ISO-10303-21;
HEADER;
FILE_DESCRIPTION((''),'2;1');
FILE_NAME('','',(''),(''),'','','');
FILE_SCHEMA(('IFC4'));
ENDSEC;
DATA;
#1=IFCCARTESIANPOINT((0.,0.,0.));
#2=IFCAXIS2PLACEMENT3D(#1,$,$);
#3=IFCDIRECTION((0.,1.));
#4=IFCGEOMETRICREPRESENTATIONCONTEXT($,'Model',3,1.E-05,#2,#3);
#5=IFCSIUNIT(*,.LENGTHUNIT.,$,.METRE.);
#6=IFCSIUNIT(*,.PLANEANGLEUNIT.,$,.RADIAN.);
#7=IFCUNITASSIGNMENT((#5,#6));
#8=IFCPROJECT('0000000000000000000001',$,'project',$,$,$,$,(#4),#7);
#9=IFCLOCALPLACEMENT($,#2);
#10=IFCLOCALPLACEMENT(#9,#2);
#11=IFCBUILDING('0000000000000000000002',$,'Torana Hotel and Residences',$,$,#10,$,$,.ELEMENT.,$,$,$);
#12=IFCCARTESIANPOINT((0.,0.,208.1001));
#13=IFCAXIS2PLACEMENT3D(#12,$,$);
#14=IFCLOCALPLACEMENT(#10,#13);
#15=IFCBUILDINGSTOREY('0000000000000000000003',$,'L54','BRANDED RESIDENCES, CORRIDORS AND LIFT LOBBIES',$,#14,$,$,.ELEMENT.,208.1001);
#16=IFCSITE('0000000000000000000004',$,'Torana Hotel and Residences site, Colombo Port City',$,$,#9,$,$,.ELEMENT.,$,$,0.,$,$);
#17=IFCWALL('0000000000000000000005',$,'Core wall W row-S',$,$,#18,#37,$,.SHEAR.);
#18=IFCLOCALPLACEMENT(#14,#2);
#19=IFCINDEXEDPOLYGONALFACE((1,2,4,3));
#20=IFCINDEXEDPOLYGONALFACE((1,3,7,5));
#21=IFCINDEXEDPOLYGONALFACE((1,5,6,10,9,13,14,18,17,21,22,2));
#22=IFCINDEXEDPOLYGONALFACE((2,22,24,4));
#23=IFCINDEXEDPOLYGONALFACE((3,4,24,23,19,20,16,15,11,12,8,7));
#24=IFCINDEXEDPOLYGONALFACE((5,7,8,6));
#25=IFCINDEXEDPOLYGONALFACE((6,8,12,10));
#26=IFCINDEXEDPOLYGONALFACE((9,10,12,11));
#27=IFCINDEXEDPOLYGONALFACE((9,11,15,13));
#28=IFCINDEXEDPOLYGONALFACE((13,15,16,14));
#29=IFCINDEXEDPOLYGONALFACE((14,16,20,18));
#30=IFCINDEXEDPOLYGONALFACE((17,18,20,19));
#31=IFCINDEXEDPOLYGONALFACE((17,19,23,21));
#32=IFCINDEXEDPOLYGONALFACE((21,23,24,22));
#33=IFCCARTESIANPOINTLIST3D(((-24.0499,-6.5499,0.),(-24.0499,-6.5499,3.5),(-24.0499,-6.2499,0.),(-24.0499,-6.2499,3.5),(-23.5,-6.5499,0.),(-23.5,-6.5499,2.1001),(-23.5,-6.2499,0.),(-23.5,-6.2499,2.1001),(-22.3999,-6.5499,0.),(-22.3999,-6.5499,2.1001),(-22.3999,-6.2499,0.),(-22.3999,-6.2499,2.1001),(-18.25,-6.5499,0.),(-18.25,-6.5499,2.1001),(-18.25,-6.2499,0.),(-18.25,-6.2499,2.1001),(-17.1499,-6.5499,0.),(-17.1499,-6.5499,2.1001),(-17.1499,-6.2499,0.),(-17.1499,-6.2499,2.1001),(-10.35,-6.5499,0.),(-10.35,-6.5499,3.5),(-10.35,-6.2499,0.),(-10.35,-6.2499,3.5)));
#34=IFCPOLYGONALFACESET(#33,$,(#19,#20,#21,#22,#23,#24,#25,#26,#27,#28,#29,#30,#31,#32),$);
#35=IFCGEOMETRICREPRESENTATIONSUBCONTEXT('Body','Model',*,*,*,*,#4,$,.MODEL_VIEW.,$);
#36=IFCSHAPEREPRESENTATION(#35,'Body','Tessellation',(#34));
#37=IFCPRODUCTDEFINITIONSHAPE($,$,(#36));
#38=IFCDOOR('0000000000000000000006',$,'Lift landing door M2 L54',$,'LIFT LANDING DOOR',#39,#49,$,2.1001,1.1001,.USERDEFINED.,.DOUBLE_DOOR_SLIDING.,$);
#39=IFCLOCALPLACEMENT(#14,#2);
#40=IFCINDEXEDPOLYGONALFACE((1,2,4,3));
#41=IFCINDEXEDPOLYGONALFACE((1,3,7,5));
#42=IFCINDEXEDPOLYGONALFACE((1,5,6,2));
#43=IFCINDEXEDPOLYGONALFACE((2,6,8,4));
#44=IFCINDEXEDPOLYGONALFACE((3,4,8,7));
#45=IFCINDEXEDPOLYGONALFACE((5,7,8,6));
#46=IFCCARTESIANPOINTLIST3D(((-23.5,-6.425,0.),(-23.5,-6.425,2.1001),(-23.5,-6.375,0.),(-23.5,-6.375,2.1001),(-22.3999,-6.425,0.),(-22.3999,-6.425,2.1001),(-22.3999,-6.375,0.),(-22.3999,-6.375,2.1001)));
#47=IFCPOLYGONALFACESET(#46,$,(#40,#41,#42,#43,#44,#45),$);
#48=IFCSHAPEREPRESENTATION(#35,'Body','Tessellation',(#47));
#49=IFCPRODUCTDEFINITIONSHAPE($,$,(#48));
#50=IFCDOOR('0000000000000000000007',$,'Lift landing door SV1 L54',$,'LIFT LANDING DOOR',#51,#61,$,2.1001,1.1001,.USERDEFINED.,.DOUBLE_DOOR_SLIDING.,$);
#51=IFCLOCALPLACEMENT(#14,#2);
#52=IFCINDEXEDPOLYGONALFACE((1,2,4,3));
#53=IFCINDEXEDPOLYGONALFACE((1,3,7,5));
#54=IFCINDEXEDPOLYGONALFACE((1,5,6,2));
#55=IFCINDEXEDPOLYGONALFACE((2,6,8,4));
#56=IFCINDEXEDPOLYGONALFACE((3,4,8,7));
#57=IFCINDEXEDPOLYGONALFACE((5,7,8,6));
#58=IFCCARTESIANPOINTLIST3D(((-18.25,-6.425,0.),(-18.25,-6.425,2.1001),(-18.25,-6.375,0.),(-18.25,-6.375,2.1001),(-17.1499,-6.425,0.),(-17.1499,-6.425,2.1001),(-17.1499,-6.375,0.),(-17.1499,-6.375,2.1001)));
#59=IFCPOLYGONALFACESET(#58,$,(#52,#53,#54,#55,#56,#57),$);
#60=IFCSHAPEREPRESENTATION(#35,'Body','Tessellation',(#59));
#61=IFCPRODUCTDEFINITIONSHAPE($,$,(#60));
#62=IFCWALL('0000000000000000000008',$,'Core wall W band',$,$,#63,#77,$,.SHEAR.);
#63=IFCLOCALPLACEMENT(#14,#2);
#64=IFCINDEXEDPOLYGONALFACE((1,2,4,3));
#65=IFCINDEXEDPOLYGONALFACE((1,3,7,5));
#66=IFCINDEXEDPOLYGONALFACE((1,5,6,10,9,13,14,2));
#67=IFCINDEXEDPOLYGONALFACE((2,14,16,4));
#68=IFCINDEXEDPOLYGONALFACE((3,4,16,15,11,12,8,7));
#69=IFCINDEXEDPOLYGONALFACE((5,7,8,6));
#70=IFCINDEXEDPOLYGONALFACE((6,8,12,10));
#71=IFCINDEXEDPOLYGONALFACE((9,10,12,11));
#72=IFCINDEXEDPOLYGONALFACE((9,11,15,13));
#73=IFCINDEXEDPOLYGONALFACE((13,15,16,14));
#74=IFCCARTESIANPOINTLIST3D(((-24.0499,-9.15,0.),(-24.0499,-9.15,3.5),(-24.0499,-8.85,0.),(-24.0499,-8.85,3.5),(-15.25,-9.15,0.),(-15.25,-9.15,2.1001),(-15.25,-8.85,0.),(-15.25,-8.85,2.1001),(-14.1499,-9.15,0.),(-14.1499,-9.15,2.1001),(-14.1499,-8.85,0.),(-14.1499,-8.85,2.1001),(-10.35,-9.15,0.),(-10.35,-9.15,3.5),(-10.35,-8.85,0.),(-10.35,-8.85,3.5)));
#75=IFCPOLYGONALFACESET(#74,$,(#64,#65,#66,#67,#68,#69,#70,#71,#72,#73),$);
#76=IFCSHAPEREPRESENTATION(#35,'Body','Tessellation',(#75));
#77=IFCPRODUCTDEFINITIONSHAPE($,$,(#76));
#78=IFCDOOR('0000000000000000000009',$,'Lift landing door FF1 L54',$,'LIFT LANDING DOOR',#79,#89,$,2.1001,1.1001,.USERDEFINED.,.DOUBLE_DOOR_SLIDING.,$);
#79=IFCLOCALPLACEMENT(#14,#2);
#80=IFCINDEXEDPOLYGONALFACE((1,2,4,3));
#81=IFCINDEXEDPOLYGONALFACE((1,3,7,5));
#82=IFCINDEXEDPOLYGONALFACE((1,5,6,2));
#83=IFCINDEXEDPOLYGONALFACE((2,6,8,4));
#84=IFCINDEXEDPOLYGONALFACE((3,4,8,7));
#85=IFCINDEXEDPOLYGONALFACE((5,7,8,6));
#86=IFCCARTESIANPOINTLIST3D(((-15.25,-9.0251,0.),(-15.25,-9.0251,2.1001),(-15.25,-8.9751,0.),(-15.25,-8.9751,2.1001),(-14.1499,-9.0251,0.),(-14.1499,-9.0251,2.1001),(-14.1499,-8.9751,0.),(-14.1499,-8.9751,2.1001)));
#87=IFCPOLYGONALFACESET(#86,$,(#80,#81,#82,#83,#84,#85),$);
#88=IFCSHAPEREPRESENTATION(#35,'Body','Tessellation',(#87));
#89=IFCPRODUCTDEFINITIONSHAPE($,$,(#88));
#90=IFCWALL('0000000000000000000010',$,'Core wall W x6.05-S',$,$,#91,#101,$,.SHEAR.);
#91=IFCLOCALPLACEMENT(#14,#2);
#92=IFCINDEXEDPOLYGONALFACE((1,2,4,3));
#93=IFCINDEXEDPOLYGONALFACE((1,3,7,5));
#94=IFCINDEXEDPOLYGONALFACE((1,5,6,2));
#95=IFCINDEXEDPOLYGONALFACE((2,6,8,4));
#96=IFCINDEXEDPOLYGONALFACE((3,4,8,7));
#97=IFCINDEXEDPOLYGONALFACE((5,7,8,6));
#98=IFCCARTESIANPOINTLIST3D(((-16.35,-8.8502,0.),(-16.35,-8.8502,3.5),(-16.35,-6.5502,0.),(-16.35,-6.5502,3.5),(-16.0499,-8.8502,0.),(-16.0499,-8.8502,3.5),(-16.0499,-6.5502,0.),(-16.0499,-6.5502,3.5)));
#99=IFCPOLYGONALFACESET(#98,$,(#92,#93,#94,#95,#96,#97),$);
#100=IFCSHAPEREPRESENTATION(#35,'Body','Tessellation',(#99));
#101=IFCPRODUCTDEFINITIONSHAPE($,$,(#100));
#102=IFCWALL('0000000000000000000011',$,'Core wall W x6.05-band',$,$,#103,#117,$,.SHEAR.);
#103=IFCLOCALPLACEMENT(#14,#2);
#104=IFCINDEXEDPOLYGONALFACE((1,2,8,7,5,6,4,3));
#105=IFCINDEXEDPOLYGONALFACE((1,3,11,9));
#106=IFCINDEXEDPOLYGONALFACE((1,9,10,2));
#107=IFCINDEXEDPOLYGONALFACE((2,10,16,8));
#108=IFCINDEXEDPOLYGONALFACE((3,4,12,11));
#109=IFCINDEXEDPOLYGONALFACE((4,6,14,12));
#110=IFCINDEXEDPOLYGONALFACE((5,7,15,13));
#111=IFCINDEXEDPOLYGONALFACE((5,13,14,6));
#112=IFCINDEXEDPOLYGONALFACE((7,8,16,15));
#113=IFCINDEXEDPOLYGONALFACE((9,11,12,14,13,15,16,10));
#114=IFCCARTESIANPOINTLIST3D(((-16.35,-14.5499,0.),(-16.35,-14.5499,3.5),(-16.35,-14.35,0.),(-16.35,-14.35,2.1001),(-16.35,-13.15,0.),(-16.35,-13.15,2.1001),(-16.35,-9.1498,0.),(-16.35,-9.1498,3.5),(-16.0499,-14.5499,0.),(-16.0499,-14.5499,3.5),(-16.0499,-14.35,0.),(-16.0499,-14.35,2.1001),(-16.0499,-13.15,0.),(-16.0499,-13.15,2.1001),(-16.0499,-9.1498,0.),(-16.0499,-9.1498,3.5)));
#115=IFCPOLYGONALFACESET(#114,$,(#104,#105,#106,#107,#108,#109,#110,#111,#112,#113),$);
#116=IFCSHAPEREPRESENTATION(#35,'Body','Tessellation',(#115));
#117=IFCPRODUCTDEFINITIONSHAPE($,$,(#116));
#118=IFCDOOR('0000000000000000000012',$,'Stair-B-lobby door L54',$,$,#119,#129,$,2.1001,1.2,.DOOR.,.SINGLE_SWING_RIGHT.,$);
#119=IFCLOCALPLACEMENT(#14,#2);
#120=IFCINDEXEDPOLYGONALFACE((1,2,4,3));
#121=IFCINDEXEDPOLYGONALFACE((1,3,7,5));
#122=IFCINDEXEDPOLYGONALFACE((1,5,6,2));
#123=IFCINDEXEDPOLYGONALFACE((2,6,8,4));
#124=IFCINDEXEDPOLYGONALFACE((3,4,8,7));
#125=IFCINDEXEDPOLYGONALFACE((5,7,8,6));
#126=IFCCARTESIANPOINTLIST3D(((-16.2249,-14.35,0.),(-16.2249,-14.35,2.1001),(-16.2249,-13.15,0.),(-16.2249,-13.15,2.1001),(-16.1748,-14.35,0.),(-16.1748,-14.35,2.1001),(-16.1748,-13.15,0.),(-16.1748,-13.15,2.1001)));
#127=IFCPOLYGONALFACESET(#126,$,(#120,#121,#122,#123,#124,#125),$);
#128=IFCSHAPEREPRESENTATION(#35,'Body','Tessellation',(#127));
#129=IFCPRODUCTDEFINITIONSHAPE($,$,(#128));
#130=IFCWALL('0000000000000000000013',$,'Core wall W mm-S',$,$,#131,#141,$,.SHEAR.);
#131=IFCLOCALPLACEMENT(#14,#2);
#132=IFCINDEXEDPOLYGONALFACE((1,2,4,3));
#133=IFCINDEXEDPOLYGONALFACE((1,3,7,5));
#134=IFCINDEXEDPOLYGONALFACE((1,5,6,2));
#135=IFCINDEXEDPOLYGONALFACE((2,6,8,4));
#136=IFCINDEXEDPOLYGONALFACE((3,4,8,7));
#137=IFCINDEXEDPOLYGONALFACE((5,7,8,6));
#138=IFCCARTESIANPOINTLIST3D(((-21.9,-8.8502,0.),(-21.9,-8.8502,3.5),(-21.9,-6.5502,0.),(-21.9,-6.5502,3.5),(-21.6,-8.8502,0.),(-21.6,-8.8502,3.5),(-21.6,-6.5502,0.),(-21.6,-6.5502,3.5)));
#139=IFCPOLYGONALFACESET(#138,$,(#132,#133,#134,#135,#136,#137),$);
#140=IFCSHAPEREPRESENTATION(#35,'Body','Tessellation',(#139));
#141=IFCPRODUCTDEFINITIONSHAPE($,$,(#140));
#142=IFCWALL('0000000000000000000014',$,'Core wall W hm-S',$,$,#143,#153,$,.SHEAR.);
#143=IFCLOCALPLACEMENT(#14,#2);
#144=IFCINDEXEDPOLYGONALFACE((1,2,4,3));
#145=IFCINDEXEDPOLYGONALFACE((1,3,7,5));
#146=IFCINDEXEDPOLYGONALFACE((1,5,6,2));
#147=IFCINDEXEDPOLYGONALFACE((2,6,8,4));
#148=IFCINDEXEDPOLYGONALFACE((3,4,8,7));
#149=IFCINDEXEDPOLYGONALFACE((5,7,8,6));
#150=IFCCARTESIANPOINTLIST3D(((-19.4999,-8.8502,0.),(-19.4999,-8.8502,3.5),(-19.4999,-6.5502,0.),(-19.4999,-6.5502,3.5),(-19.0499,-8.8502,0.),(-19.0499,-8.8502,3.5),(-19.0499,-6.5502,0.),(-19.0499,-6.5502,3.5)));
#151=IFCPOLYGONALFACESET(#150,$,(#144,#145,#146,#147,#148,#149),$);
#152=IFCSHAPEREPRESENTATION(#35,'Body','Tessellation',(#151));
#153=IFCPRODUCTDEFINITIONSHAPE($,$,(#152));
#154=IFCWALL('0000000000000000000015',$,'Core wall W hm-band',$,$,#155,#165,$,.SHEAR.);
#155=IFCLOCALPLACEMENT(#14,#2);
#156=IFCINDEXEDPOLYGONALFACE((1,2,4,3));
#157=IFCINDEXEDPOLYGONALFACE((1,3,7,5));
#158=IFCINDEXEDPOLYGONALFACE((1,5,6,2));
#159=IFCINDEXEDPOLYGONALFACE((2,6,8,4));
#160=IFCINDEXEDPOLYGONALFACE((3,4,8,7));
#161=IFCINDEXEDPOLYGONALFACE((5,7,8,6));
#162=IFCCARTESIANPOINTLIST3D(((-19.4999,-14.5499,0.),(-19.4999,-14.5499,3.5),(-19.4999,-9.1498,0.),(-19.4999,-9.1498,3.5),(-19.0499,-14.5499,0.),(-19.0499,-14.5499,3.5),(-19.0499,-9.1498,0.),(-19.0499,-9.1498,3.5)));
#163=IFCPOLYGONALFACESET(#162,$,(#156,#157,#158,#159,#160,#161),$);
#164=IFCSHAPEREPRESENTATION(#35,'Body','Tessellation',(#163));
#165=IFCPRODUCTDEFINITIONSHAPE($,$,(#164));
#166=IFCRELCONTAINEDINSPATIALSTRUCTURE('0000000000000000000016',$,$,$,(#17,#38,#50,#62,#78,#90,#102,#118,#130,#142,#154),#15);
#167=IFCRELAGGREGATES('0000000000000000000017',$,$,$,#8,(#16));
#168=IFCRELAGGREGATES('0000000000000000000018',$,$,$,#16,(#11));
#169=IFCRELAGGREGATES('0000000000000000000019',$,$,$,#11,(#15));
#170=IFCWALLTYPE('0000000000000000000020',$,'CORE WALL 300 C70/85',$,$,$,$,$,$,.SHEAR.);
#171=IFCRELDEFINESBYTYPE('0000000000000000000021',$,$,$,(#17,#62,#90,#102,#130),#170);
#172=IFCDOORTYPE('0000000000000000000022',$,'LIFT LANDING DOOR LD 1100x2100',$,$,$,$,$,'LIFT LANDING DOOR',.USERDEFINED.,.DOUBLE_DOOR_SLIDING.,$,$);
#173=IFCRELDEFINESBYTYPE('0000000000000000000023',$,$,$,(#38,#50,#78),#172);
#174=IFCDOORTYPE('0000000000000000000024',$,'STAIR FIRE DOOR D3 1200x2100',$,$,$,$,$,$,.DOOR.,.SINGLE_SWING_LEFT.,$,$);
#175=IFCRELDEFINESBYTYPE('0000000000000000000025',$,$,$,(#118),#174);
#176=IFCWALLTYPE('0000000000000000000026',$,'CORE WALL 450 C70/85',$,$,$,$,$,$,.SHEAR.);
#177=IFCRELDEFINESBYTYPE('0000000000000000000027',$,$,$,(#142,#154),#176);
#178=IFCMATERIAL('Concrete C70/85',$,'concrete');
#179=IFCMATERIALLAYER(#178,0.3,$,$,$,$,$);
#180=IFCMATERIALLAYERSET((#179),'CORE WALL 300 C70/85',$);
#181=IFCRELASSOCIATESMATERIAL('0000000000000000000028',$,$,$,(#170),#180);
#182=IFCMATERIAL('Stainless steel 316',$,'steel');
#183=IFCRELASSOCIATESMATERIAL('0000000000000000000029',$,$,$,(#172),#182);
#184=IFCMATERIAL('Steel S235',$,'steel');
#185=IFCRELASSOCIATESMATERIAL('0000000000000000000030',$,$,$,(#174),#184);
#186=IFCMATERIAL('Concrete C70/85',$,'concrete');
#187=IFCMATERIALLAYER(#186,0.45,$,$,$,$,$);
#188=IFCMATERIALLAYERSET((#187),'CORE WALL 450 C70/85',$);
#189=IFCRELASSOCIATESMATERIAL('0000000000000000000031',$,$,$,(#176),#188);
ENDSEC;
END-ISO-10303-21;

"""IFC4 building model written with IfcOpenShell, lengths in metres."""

from ifc_helpers import new_model, si_unit, direction, frame, frame_2d, origin, place, context, subcontext, project, spatial, rectangle, extrude, material, layer, layer_set, type_object, element, fill, save


model = new_model("IFC4")

# Units and contexts
model_context = context("Model", 3, precision=1e-05, world=origin(), true_north=direction((0.0, 1.0)))
body_context = subcontext(model_context, "Body", "Model", "MODEL_VIEW")
ifc_project = project(units=[si_unit("LENGTHUNIT", "METRE"), si_unit("PLANEANGLEUNIT", "RADIAN")], contexts=[model_context])

# Site, building, storey
site_placement = place(None, origin())
site = spatial("IfcSite", under=ifc_project, at=site_placement, Name="Torana Hotel and Residences site, Colombo Port City", CompositionType="ELEMENT", RefElevation=0.0)
building_placement = place(site_placement, origin())
building = spatial("IfcBuilding", under=site, at=building_placement, Name="Torana Hotel and Residences", CompositionType="ELEMENT")
storey_placement = place(building_placement, frame((0.0, 0.0, 208.1001)))
storey = spatial("IfcBuildingStorey", under=building, at=storey_placement, Name="L54", Description="BRANDED RESIDENCES, CORRIDORS AND LIFT LOBBIES", CompositionType="ELEMENT", Elevation=208.1001)

# Wall, openings, doors
ifc_material_1 = material(Name="Concrete C70/85", Category="concrete")
ifc_layer_1 = layer(ifc_material_1, 0.3)
ifc_layer_set_1 = layer_set([ifc_layer_1], Name="CORE WALL 300 C70/85")
wall_type_1 = type_object("IfcWallType", Name="CORE WALL 300 C70/85", PredefinedType="SHEAR", material=ifc_layer_set_1)
wall_1_placement = place(storey_placement, frame((-24.05, -6.3999, 0.0), z_axis=(0.0, 0.0, 1.0), x_axis=(1.0, 0.0, 0.0)))
wall_1 = element("IfcWall", 1, at=wall_1_placement, inside=storey, type_object=wall_type_1, Name="Core wall W row-S", PredefinedType="SHEAR", context=body_context, shape_type="SweptSolid", body=[
    extrude(rectangle(XDim=13.7, YDim=0.3, at=frame_2d((6.8501, 0.0))), origin(), (0.0, 0.0, 1.0), 3.5),
])
opening_1_placement = place(wall_1_placement, frame((0.55, 0.0, 0.0)))
opening_1 = element("IfcOpeningElement", 2, at=opening_1_placement, cuts=wall_1, PredefinedType="OPENING", context=body_context, shape_type="SweptSolid", body=[
    extrude(rectangle(XDim=1.1001, YDim=2.1001, at=frame_2d((0.55, 1.05))), frame((0.0, 0.1599, 0.0), z_axis=(0.0, -1.0, 0.0), x_axis=(1.0, 0.0, 0.0)), (0.0, 0.0, 1.0), 0.3201),
])
opening_2_placement = place(wall_1_placement, frame((5.8, 0.0, 0.0)))
opening_2 = element("IfcOpeningElement", 3, at=opening_2_placement, cuts=wall_1, PredefinedType="OPENING", context=body_context, shape_type="SweptSolid", body=[
    extrude(rectangle(XDim=1.1001, YDim=2.1001, at=frame_2d((0.55, 1.05))), frame((0.0, 0.1599, 0.0), z_axis=(0.0, -1.0, 0.0), x_axis=(1.0, 0.0, 0.0)), (0.0, 0.0, 1.0), 0.3201),
])
ifc_material_2 = material(Name="Stainless steel 316", Category="steel")
door_type_1 = type_object("IfcDoorType", Name="LIFT LANDING DOOR LD 1100x2100", ElementType="LIFT LANDING DOOR", OperationType="DOUBLE_DOOR_SLIDING", PredefinedType="USERDEFINED", material=ifc_material_2)
door_1_placement = place(opening_1_placement, origin())
door_1 = element("IfcDoor", 4, at=door_1_placement, inside=storey, type_object=door_type_1, Name="Lift landing door M2 L54", ObjectType="LIFT LANDING DOOR", OperationType="DOUBLE_DOOR_SLIDING", OverallHeight=2.1001, OverallWidth=1.1001, PredefinedType="USERDEFINED", context=body_context, shape_type="SweptSolid", body=[
    extrude(rectangle(XDim=1.1001, YDim=2.1001, at=frame_2d((0.55, 1.05))), frame((0.0, 0.0249, 0.0), z_axis=(0.0, -1.0, 0.0), x_axis=(1.0, 0.0, 0.0)), (0.0, 0.0, 1.0), 0.05),
])
fill(opening_1, door_1)
door_2_placement = place(opening_2_placement, origin())
door_2 = element("IfcDoor", 5, at=door_2_placement, inside=storey, type_object=door_type_1, Name="Lift landing door SV1 L54", ObjectType="LIFT LANDING DOOR", OperationType="DOUBLE_DOOR_SLIDING", OverallHeight=2.1001, OverallWidth=1.1001, PredefinedType="USERDEFINED", context=body_context, shape_type="SweptSolid", body=[
    extrude(rectangle(XDim=1.1001, YDim=2.1001, at=frame_2d((0.55, 1.05))), frame((0.0, 0.0249, 0.0), z_axis=(0.0, -1.0, 0.0), x_axis=(1.0, 0.0, 0.0)), (0.0, 0.0, 1.0), 0.05),
])
fill(opening_2, door_2)

# Wall, opening, door
wall_2_placement = place(storey_placement, frame((-24.05, -9.0, 0.0), z_axis=(0.0, 0.0, 1.0), x_axis=(1.0, 0.0, 0.0)))
wall_2 = element("IfcWall", 6, at=wall_2_placement, inside=storey, type_object=wall_type_1, Name="Core wall W band", PredefinedType="SHEAR", context=body_context, shape_type="SweptSolid", body=[
    extrude(rectangle(XDim=13.7, YDim=0.3, at=frame_2d((6.8501, 0.0))), origin(), (0.0, 0.0, 1.0), 3.5),
])
opening_3_placement = place(wall_2_placement, frame((8.8, 0.0, 0.0)))
opening_3 = element("IfcOpeningElement", 7, at=opening_3_placement, cuts=wall_2, PredefinedType="OPENING", context=body_context, shape_type="SweptSolid", body=[
    extrude(rectangle(XDim=1.1001, YDim=2.1001, at=frame_2d((0.55, 1.05))), frame((0.0, 0.1599, 0.0), z_axis=(0.0, -1.0, 0.0), x_axis=(1.0, 0.0, 0.0)), (0.0, 0.0, 1.0), 0.3201),
])
door_3_placement = place(opening_3_placement, origin())
door_3 = element("IfcDoor", 8, at=door_3_placement, inside=storey, type_object=door_type_1, Name="Lift landing door FF1 L54", ObjectType="LIFT LANDING DOOR", OperationType="DOUBLE_DOOR_SLIDING", OverallHeight=2.1001, OverallWidth=1.1001, PredefinedType="USERDEFINED", context=body_context, shape_type="SweptSolid", body=[
    extrude(rectangle(XDim=1.1001, YDim=2.1001, at=frame_2d((0.55, 1.05))), frame((0.0, 0.0249, 0.0), z_axis=(0.0, -1.0, 0.0), x_axis=(1.0, 0.0, 0.0)), (0.0, 0.0, 1.0), 0.05),
])
fill(opening_3, door_3)

# Wall
wall_3_placement = place(storey_placement, frame((-16.2, -8.8501, 0.0), z_axis=(0.0, 0.0, 1.0), x_axis=(0.0, 1.0, 0.0)))
element("IfcWall", 9, at=wall_3_placement, inside=storey, type_object=wall_type_1, Name="Core wall W x6.05-S", PredefinedType="SHEAR", context=body_context, shape_type="SweptSolid", body=[
    extrude(rectangle(XDim=2.3, YDim=0.3, at=frame_2d((1.1499, 0.0))), origin(), (0.0, 0.0, 1.0), 3.5),
])

# Wall, opening, door
wall_4_placement = place(storey_placement, frame((-16.2, -14.55, 0.0), z_axis=(0.0, 0.0, 1.0), x_axis=(0.0, 1.0, 0.0)))
wall_4 = element("IfcWall", 10, at=wall_4_placement, inside=storey, type_object=wall_type_1, Name="Core wall W x6.05-band", PredefinedType="SHEAR", context=body_context, shape_type="SweptSolid", body=[
    extrude(rectangle(XDim=5.4001, YDim=0.3, at=frame_2d((2.7002, 0.0))), origin(), (0.0, 0.0, 1.0), 3.5),
])
opening_4_placement = place(wall_4_placement, frame((0.2, 0.0, 0.0)))
opening_4 = element("IfcOpeningElement", 11, at=opening_4_placement, cuts=wall_4, PredefinedType="OPENING", context=body_context, shape_type="SweptSolid", body=[
    extrude(rectangle(XDim=1.2, YDim=2.1001, at=frame_2d((0.6001, 1.05))), frame((0.0, 0.1599, 0.0), z_axis=(0.0, -1.0, 0.0), x_axis=(1.0, 0.0, 0.0)), (0.0, 0.0, 1.0), 0.3201),
])
ifc_material_3 = material(Name="Steel S235", Category="steel")
door_type_2 = type_object("IfcDoorType", Name="STAIR FIRE DOOR D3 1200x2100", OperationType="SINGLE_SWING_LEFT", PredefinedType="DOOR", material=ifc_material_3)
door_4_placement = place(opening_4_placement, origin())
door_4 = element("IfcDoor", 12, at=door_4_placement, inside=storey, type_object=door_type_2, Name="Stair-B-lobby door L54", OperationType="SINGLE_SWING_RIGHT", OverallHeight=2.1001, OverallWidth=1.2, PredefinedType="DOOR", context=body_context, shape_type="SweptSolid", body=[
    extrude(rectangle(XDim=1.2, YDim=2.1001, at=frame_2d((0.6001, 1.05))), frame((0.0, 0.0249, 0.0), z_axis=(0.0, -1.0, 0.0), x_axis=(1.0, 0.0, 0.0)), (0.0, 0.0, 1.0), 0.05),
])
fill(opening_4, door_4)

# Walls
wall_5_placement = place(storey_placement, frame((-21.75, -8.8501, 0.0), z_axis=(0.0, 0.0, 1.0), x_axis=(0.0, 1.0, 0.0)))
element("IfcWall", 13, at=wall_5_placement, inside=storey, type_object=wall_type_1, Name="Core wall W mm-S", PredefinedType="SHEAR", context=body_context, shape_type="SweptSolid", body=[
    extrude(rectangle(XDim=2.3, YDim=0.3, at=frame_2d((1.1499, 0.0))), origin(), (0.0, 0.0, 1.0), 3.5),
])
ifc_material_4 = material(Name="Concrete C70/85", Category="concrete")
ifc_layer_2 = layer(ifc_material_4, 0.45)
ifc_layer_set_2 = layer_set([ifc_layer_2], Name="CORE WALL 450 C70/85")
wall_type_2 = type_object("IfcWallType", Name="CORE WALL 450 C70/85", PredefinedType="SHEAR", material=ifc_layer_set_2)
wall_6_placement = place(storey_placement, frame((-19.2749, -8.8501, 0.0), z_axis=(0.0, 0.0, 1.0), x_axis=(0.0, 1.0, 0.0)))
element("IfcWall", 14, at=wall_6_placement, inside=storey, type_object=wall_type_2, Name="Core wall W hm-S", PredefinedType="SHEAR", context=body_context, shape_type="SweptSolid", body=[
    extrude(rectangle(XDim=2.3, YDim=0.45, at=frame_2d((1.1499, 0.0))), origin(), (0.0, 0.0, 1.0), 3.5),
])
wall_7_placement = place(storey_placement, frame((-19.2749, -14.55, 0.0), z_axis=(0.0, 0.0, 1.0), x_axis=(0.0, 1.0, 0.0)))
element("IfcWall", 15, at=wall_7_placement, inside=storey, type_object=wall_type_2, Name="Core wall W hm-band", PredefinedType="SHEAR", context=body_context, shape_type="SweptSolid", body=[
    extrude(rectangle(XDim=5.4001, YDim=0.45, at=frame_2d((2.7002, 0.0))), origin(), (0.0, 0.0, 1.0), 3.5),
])

save(model, "model.ifc")
